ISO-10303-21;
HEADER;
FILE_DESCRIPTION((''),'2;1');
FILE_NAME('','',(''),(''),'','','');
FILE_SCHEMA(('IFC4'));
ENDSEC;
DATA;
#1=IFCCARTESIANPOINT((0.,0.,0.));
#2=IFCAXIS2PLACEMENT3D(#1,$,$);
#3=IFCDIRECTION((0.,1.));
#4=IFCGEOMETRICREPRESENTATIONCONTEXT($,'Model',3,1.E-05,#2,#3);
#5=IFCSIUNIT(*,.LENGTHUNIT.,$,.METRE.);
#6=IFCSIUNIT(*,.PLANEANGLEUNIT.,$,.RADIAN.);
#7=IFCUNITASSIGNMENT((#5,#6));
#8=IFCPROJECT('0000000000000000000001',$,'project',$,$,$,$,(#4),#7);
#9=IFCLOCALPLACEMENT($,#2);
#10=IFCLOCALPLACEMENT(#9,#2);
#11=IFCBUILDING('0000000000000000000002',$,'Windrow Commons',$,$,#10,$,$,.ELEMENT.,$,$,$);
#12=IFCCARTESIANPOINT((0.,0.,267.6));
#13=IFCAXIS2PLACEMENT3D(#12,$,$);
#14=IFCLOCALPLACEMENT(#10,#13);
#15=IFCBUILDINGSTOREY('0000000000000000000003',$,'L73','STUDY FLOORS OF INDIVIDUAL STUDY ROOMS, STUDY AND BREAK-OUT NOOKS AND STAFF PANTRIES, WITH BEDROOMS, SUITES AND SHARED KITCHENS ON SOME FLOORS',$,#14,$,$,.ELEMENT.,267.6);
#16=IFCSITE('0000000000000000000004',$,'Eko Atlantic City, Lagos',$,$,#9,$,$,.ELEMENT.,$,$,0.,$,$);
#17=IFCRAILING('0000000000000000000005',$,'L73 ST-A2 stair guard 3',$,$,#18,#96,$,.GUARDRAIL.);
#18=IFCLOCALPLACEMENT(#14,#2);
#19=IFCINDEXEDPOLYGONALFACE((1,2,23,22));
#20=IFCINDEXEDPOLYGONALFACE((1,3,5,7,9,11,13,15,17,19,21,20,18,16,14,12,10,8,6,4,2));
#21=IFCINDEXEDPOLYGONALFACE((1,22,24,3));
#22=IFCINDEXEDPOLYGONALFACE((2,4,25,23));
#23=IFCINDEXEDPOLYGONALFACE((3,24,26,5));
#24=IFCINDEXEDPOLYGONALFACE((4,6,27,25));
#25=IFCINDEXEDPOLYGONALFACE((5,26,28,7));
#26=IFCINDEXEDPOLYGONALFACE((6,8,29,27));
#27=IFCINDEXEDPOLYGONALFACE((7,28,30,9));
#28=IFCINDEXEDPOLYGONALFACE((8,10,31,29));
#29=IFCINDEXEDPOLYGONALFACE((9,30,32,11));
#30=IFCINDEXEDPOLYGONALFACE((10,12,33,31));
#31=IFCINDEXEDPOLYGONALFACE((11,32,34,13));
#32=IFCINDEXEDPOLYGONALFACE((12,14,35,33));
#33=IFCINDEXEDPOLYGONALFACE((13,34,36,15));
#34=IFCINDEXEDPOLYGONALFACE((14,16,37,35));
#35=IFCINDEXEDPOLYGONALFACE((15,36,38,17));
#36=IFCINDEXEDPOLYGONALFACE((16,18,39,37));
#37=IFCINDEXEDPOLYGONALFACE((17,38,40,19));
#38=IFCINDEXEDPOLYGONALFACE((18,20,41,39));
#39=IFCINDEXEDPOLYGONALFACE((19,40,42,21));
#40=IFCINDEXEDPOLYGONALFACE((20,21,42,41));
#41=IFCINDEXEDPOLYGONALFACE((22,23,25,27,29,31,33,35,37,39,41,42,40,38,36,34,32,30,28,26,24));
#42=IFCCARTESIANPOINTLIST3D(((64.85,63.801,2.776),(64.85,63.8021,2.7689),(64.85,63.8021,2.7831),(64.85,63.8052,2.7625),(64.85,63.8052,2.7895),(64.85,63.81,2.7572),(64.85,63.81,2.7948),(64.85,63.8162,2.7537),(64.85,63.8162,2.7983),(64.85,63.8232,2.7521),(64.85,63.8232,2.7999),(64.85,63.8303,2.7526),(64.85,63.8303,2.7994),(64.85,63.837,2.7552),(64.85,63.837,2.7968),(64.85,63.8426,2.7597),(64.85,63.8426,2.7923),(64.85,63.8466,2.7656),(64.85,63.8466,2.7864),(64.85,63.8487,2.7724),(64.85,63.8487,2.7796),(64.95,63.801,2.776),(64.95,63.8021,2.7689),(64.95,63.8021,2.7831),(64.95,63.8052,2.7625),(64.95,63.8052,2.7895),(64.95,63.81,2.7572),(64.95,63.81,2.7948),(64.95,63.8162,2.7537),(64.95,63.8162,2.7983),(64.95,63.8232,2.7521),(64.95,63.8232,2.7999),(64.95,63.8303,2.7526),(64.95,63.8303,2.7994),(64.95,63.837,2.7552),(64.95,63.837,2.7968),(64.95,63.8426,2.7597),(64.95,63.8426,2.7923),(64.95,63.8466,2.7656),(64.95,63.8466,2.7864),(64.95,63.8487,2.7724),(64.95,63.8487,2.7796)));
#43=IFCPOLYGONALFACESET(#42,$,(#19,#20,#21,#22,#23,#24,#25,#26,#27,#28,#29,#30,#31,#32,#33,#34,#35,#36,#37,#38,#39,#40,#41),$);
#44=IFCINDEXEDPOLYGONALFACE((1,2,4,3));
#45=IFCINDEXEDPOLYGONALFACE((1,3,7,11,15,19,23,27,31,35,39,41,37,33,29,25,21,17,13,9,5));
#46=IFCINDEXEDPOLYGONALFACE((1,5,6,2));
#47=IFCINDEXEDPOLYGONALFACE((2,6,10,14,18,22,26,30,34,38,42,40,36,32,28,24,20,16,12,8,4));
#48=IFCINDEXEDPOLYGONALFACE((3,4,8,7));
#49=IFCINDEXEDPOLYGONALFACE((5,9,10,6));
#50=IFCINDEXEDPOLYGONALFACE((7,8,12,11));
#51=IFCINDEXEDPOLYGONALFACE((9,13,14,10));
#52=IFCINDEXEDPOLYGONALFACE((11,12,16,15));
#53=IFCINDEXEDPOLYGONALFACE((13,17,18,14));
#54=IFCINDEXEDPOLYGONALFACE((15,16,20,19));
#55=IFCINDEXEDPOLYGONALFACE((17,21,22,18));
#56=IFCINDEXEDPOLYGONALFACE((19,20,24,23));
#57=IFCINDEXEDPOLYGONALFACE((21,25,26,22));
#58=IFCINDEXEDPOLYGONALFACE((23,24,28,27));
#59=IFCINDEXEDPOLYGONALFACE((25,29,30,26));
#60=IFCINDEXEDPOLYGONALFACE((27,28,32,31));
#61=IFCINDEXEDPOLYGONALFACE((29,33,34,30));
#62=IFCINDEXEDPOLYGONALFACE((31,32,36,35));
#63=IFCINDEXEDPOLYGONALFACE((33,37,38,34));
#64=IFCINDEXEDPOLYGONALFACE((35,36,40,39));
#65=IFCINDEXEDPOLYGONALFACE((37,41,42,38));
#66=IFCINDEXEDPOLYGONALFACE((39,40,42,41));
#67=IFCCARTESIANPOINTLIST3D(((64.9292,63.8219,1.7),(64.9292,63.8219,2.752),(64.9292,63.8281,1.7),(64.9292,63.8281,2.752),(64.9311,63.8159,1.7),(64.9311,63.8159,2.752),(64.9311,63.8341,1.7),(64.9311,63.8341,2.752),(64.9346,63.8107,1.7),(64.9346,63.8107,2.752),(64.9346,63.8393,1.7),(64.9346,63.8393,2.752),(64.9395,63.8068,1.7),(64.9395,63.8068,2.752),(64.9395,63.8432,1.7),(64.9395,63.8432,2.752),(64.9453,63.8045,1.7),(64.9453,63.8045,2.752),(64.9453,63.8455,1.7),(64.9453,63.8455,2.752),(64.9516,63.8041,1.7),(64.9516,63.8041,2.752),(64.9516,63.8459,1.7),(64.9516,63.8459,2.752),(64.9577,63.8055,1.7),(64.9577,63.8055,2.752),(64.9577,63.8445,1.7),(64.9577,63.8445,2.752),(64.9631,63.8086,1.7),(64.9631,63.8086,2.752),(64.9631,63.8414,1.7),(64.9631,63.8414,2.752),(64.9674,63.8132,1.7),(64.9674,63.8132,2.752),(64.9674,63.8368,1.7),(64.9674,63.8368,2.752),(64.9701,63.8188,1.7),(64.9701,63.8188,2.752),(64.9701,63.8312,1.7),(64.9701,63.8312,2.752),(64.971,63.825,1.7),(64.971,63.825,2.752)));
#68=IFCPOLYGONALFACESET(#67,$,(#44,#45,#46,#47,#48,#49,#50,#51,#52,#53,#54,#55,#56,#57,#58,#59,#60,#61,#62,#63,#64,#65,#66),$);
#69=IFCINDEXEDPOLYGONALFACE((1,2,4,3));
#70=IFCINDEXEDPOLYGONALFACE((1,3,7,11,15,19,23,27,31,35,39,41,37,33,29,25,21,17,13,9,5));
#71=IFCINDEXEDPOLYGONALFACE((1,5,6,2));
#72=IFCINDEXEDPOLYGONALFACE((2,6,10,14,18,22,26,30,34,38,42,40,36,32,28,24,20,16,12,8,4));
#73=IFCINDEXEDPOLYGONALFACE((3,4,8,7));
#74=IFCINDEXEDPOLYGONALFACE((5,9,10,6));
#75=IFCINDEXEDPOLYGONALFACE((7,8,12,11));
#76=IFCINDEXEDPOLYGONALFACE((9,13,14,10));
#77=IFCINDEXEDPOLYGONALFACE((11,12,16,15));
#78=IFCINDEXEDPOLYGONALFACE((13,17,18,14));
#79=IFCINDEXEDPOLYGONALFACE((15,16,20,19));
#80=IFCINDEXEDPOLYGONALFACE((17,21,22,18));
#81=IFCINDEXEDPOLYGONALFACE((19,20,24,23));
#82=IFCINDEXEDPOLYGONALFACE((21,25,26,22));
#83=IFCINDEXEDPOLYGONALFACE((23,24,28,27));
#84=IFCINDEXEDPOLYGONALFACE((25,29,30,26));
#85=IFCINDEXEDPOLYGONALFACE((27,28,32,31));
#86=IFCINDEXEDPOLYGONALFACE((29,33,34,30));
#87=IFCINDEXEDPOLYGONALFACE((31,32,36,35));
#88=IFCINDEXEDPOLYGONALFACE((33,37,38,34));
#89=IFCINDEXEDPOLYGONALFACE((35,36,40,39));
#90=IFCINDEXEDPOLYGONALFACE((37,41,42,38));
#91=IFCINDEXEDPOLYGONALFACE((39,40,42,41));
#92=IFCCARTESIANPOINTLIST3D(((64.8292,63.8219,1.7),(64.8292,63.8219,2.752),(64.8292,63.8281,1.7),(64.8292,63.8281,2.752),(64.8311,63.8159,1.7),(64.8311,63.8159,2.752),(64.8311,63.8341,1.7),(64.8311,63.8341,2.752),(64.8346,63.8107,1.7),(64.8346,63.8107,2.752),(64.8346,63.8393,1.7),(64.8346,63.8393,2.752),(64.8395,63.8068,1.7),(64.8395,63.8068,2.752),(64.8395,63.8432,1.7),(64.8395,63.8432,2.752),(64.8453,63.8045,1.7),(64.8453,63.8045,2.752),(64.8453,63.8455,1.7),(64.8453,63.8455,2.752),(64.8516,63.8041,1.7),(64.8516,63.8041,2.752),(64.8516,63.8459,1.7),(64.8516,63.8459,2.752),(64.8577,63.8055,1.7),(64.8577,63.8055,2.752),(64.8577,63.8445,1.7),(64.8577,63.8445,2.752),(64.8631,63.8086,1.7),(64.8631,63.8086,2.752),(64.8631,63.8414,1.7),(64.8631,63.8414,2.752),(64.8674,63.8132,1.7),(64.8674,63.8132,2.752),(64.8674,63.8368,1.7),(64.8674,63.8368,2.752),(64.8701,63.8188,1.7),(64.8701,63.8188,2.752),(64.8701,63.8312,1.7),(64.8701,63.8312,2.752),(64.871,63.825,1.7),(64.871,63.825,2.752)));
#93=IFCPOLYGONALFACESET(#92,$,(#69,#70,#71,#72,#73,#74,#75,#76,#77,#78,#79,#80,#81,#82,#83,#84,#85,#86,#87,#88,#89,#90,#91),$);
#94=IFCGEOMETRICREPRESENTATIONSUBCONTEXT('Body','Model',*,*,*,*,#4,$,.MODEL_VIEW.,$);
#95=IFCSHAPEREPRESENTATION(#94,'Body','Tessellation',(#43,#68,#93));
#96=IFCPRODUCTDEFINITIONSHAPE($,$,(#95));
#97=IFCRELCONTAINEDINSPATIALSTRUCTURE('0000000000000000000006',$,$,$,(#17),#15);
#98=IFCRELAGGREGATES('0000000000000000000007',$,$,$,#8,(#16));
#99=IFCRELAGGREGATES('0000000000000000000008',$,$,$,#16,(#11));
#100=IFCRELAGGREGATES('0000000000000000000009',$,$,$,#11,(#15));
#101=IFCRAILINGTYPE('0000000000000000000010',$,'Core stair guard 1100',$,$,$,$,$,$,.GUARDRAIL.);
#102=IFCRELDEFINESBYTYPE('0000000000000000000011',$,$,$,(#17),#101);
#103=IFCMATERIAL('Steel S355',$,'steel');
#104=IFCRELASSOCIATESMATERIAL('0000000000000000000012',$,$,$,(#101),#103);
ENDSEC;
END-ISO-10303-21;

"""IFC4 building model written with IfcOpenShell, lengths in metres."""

from ifc_helpers import new_model, si_unit, direction, frame, origin, origin_2d, place, context, subcontext, project, spatial, circle, extrude, material, type_object, element, save


model = new_model("IFC4")

# Units and contexts
model_context = context("Model", 3, precision=1e-05, world=origin(), true_north=direction((0.0, 1.0)))
body_context = subcontext(model_context, "Body", "Model", "MODEL_VIEW")
ifc_project = project(units=[si_unit("LENGTHUNIT", "METRE"), si_unit("PLANEANGLEUNIT", "RADIAN")], contexts=[model_context])

# Site, building, storey
site_placement = place(None, origin())
site = spatial("IfcSite", under=ifc_project, at=site_placement, Name="Eko Atlantic City, Lagos", CompositionType="ELEMENT", RefElevation=0.0)
building_placement = place(site_placement, origin())
building = spatial("IfcBuilding", under=site, at=building_placement, Name="Windrow Commons", CompositionType="ELEMENT")
storey_placement = place(building_placement, frame((0.0, 0.0, 267.6)))
storey = spatial("IfcBuildingStorey", under=building, at=storey_placement, Name="L73", Description="STUDY FLOORS OF INDIVIDUAL STUDY ROOMS, STUDY AND BREAK-OUT NOOKS AND STAFF PANTRIES, WITH BEDROOMS, SUITES AND SHARED KITCHENS ON SOME FLOORS", CompositionType="ELEMENT", Elevation=267.6)

# Railing
ifc_material_1 = material(Name="Steel S355", Category="steel")
railing_type_1 = type_object("IfcRailingType", Name="Core stair guard 1100", PredefinedType="GUARDRAIL", material=ifc_material_1)
railing_1_placement = place(storey_placement, frame((64.95, 63.825, 1.7)))
element("IfcRailing", 1, at=railing_1_placement, inside=storey, type_object=railing_type_1, Name="L73 ST-A2 stair guard 3", PredefinedType="GUARDRAIL", context=body_context, shape_type="SweptSolid", body=[
    extrude(circle(Radius=0.024, at=origin_2d()), frame((0.0, 0.0, 1.076), z_axis=(-1.0, 0.0, 0.0), x_axis=(0.0, -1.0, 0.0)), (0.0, 0.0, 1.0), 0.1),
    extrude(circle(Radius=0.021, at=origin_2d()), origin(), (0.0, 0.0, 1.0), 1.052),
    extrude(circle(Radius=0.021, at=origin_2d()), frame((-0.1, 0.0, 0.0)), (0.0, 0.0, 1.0), 1.052),
])

save(model, "model.ifc")
